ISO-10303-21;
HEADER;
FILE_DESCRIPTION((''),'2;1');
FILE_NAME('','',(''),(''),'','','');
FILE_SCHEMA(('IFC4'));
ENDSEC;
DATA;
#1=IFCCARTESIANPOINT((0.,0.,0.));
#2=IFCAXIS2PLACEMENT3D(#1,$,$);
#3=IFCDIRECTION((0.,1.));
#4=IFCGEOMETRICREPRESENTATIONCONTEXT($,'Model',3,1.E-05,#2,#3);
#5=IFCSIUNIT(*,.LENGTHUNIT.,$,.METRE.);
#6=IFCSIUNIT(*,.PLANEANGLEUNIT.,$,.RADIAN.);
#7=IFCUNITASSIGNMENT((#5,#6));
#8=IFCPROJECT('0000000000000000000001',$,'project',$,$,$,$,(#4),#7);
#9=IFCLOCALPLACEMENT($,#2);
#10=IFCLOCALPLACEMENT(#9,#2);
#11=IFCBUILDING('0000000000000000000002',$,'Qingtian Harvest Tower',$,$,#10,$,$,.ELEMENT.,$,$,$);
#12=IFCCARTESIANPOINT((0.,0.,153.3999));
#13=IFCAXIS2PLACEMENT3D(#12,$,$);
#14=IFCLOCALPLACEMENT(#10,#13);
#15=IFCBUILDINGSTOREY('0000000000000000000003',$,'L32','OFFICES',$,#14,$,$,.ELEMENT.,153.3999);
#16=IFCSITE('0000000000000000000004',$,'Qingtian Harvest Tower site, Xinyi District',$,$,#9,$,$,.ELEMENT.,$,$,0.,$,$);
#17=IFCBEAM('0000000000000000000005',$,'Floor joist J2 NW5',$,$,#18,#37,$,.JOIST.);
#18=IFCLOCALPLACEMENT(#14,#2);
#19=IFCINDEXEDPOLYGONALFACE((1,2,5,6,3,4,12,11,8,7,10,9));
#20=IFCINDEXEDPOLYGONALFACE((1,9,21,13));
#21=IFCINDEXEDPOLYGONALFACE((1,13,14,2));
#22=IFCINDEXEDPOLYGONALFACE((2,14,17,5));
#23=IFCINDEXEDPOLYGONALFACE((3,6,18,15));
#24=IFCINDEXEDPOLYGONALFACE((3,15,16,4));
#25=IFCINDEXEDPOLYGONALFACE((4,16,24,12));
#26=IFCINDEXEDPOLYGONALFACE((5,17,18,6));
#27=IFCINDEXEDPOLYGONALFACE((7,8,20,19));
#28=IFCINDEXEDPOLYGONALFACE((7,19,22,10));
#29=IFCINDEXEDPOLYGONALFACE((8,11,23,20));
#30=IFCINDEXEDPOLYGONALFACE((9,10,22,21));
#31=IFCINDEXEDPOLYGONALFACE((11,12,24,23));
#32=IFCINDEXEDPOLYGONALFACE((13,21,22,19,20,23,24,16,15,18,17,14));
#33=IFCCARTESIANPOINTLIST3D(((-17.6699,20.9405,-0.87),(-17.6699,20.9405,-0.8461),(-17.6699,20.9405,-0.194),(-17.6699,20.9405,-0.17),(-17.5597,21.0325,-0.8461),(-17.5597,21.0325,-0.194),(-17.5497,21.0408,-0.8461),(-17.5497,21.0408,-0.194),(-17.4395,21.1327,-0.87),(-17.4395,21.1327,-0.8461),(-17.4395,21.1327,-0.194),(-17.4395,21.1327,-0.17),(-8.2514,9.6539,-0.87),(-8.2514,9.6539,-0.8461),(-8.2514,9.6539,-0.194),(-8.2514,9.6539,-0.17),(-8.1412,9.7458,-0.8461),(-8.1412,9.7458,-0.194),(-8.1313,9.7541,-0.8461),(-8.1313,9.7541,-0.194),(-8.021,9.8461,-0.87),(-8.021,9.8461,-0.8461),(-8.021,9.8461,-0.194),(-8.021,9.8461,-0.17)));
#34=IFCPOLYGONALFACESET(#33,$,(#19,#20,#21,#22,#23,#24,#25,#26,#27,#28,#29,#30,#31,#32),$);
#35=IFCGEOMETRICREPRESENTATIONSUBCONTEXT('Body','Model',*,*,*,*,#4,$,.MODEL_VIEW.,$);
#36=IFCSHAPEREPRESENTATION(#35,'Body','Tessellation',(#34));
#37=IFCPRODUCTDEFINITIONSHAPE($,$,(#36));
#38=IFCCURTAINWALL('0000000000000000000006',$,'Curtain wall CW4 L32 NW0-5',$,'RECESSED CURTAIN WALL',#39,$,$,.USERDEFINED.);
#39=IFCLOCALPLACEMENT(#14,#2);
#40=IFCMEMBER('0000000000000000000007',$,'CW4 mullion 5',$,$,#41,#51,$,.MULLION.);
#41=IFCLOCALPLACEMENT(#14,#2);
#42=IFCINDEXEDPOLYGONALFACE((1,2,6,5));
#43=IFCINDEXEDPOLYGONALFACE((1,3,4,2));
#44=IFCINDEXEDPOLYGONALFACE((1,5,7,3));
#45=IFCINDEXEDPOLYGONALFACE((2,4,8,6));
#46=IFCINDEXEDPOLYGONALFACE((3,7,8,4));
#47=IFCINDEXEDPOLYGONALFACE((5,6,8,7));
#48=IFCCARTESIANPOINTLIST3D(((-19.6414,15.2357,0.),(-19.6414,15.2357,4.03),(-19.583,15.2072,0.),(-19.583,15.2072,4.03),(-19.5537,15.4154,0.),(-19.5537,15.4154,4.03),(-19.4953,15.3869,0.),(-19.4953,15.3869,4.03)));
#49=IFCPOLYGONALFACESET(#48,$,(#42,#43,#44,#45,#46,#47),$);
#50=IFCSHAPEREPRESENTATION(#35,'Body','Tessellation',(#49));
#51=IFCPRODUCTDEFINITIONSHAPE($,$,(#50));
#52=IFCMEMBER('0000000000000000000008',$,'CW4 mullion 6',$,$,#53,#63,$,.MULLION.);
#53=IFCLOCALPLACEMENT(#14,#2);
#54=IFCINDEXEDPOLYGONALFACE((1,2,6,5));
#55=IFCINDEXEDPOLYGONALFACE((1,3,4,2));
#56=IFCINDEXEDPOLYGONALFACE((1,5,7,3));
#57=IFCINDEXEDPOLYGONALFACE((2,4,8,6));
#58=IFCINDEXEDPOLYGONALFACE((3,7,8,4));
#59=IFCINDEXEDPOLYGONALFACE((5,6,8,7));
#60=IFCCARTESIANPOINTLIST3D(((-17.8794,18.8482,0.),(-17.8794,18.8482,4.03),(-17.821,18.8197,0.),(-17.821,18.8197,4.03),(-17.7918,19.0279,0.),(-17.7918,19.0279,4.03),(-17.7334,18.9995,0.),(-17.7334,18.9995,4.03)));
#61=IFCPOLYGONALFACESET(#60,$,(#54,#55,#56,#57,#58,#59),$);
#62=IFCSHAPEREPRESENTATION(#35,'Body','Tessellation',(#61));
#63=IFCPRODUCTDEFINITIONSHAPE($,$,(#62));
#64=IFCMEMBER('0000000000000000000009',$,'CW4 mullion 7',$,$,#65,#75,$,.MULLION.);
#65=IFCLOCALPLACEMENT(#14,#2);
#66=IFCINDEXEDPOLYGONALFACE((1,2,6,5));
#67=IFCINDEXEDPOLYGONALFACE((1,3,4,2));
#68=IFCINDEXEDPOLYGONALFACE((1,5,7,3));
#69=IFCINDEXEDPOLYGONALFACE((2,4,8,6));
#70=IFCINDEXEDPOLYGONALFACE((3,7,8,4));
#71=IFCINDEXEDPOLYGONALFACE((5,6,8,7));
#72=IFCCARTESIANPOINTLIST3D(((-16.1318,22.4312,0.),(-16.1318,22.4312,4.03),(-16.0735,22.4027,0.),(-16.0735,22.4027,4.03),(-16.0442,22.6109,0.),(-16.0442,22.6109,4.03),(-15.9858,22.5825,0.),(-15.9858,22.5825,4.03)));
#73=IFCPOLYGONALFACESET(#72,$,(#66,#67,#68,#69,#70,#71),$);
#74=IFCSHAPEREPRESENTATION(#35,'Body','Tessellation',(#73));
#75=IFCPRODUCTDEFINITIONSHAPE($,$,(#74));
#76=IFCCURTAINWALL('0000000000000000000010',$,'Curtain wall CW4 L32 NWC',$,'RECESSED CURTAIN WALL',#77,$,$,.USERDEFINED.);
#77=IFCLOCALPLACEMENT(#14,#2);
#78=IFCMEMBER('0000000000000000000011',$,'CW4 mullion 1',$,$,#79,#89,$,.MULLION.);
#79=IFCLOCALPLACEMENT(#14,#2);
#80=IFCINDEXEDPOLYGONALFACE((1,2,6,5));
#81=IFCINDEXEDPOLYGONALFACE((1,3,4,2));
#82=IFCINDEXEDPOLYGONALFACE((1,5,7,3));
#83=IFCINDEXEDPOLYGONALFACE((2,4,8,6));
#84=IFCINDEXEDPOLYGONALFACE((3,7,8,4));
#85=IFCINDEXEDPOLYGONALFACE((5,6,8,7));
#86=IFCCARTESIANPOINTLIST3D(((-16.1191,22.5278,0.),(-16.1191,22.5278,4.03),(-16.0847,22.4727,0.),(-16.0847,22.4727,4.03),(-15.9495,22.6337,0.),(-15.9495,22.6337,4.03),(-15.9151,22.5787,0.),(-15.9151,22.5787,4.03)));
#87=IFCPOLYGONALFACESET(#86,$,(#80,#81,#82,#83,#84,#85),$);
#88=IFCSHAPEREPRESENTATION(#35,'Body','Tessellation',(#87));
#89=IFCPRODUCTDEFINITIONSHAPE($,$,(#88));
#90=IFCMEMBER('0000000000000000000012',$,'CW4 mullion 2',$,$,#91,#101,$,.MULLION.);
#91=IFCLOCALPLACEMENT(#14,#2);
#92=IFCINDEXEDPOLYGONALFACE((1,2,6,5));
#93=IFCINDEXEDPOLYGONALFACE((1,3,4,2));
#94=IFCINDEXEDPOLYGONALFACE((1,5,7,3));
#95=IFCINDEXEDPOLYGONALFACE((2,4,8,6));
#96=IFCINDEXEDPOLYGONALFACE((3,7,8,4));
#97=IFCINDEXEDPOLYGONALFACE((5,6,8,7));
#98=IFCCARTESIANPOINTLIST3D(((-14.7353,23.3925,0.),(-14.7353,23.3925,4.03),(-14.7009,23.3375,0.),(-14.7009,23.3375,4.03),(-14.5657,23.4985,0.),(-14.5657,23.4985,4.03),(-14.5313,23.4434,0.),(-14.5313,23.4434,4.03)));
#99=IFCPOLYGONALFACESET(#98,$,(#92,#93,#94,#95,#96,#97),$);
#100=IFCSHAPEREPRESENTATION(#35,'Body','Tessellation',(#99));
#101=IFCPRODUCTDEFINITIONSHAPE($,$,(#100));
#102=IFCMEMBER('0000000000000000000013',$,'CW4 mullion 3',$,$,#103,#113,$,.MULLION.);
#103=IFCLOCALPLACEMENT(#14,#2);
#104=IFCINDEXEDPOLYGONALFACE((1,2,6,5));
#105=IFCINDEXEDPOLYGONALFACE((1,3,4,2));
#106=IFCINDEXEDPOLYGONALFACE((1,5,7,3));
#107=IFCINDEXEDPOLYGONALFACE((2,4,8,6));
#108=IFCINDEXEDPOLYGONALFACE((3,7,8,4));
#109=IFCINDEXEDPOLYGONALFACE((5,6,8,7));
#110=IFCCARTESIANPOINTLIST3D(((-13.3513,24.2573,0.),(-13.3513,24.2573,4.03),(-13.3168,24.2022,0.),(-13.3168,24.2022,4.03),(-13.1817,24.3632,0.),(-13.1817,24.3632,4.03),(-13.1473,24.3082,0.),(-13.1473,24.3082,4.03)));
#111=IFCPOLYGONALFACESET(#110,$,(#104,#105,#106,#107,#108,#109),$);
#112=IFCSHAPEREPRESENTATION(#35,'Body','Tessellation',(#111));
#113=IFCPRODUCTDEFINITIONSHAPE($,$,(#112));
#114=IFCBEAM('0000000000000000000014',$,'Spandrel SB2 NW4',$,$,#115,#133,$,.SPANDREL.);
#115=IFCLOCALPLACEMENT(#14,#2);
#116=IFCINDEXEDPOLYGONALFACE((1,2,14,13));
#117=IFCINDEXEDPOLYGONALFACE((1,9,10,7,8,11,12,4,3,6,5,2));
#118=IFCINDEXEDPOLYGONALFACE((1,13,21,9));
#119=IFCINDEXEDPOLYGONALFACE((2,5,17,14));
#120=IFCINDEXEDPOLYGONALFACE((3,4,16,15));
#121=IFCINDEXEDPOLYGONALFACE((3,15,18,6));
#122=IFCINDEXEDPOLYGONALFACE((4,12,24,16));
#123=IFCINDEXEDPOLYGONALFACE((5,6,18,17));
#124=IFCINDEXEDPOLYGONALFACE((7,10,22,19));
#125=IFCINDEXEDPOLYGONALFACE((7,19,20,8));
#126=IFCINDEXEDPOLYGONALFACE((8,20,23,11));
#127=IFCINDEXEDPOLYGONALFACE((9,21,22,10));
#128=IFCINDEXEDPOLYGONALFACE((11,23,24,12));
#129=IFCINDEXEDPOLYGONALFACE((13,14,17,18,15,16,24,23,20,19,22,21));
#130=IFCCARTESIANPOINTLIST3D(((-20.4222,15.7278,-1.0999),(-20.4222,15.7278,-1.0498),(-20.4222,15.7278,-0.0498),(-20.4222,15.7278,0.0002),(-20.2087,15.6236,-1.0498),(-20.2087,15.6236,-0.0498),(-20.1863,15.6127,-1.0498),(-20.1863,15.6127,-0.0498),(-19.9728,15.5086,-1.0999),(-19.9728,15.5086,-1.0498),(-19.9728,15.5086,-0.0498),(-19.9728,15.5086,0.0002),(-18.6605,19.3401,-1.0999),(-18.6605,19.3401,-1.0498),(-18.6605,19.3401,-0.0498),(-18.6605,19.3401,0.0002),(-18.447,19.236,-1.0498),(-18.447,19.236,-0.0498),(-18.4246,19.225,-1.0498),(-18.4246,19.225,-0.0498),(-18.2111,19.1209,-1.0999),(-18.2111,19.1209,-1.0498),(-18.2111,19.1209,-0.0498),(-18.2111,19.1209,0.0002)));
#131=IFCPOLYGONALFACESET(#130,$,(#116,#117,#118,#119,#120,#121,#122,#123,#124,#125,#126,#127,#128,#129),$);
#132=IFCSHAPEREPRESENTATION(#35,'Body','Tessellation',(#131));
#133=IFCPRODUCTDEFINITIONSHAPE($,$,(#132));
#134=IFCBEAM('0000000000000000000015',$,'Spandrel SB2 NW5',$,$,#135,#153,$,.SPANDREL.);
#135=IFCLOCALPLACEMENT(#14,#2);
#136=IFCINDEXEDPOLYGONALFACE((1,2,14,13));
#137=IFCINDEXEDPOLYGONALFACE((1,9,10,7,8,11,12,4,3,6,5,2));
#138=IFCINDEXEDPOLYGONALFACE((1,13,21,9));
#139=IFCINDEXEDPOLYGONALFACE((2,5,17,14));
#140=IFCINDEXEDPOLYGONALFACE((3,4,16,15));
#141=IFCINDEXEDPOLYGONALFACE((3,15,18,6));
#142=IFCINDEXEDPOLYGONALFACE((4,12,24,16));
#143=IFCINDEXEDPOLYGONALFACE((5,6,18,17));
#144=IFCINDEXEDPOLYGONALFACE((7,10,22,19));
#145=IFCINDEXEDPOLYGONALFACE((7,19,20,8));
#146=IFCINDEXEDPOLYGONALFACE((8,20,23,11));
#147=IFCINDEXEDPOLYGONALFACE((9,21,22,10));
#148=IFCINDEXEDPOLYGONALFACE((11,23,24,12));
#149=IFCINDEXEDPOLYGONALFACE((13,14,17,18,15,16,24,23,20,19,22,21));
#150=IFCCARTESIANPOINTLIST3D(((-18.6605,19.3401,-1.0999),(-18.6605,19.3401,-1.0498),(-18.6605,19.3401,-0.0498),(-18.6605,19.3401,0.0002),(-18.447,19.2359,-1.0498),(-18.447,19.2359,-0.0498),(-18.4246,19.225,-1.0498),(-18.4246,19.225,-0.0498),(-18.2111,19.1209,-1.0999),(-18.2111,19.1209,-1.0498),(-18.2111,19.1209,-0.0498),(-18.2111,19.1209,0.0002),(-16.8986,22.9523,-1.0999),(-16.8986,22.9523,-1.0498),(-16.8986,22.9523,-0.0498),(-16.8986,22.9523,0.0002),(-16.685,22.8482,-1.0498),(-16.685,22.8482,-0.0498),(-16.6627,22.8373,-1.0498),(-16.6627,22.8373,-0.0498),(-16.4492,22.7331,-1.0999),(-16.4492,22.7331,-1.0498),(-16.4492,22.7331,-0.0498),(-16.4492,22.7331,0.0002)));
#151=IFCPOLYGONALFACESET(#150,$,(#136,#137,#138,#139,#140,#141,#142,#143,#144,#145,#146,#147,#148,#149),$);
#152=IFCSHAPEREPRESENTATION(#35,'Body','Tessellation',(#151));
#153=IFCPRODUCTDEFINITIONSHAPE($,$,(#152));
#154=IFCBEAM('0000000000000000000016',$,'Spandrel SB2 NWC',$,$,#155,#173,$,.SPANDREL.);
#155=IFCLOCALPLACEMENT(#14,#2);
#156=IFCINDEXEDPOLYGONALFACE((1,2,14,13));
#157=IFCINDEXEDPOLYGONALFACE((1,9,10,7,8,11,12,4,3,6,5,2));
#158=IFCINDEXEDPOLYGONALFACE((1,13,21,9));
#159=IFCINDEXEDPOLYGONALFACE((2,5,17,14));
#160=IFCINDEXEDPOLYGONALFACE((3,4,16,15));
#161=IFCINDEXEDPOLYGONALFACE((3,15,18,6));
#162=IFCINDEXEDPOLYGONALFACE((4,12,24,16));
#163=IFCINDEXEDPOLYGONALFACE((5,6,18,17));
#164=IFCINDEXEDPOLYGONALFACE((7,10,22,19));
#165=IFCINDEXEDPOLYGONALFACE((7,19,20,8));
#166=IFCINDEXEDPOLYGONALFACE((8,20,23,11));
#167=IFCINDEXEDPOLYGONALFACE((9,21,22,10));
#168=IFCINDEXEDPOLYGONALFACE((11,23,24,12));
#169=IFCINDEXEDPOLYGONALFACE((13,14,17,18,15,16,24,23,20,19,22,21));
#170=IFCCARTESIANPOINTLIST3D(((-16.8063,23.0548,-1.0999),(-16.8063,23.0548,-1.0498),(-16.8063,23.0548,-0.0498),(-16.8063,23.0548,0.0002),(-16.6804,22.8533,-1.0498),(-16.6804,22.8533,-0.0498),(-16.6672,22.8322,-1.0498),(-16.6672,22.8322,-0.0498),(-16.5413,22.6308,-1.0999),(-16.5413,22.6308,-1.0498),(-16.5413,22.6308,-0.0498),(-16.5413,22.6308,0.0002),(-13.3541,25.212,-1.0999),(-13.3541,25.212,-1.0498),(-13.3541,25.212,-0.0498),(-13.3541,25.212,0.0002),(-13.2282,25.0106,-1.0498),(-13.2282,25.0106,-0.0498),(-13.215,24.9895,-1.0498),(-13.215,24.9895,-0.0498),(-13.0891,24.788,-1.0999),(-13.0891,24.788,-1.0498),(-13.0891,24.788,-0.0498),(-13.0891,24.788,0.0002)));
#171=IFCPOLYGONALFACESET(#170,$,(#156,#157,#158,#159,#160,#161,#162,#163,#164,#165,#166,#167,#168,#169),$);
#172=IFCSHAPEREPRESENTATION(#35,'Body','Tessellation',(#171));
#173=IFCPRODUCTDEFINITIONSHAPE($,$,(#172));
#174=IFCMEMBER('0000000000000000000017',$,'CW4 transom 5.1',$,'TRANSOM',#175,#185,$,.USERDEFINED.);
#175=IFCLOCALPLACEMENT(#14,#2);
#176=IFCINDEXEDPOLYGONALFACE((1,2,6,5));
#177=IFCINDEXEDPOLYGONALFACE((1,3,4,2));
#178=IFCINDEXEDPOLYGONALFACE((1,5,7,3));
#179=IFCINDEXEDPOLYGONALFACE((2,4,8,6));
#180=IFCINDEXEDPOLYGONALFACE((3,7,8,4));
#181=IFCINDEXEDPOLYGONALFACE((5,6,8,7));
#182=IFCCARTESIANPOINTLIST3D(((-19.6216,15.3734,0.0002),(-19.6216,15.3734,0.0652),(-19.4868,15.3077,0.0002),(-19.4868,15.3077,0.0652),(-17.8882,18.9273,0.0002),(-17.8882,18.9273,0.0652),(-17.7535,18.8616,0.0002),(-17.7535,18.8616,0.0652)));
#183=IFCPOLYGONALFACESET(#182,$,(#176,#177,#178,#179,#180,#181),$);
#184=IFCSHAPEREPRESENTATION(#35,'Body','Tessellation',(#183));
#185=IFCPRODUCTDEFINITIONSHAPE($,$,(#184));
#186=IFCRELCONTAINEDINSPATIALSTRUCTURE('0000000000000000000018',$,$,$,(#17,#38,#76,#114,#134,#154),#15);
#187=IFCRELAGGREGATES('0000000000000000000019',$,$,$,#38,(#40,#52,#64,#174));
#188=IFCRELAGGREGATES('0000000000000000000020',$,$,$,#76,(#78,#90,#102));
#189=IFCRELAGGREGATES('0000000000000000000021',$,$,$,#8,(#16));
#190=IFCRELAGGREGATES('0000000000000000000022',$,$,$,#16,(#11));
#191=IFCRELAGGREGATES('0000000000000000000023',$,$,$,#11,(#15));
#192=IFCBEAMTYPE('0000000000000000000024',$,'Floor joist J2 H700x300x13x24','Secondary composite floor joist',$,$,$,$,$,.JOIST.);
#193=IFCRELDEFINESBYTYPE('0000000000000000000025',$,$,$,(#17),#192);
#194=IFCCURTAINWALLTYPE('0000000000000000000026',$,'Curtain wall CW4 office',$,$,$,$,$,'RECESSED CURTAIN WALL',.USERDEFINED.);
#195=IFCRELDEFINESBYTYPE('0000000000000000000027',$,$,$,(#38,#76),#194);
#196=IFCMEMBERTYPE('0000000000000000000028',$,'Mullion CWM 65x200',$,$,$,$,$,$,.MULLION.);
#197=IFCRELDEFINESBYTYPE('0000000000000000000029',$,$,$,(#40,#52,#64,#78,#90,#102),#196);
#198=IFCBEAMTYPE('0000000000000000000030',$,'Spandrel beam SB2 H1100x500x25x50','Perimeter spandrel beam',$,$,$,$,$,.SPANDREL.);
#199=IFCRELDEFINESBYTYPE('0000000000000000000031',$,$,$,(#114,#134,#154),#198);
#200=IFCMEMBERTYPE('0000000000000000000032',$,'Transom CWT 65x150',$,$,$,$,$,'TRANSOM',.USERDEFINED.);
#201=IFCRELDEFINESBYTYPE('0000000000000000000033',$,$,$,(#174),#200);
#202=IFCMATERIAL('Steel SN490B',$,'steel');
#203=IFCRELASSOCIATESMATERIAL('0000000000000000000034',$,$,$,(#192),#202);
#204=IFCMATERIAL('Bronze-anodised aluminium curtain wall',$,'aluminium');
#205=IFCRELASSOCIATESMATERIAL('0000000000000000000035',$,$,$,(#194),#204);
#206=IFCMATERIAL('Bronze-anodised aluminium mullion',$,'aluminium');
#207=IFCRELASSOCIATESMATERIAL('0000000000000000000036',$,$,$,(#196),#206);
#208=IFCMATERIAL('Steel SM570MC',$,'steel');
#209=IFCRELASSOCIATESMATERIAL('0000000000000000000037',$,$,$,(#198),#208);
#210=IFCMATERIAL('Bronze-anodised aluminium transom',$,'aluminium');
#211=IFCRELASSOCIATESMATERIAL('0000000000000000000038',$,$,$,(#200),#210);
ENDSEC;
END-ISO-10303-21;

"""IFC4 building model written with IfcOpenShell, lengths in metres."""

from ifc_helpers import new_model, si_unit, direction, frame, origin, origin_2d, place, context, subcontext, project, spatial, rectangle, i_section, extrude, material, material_profile, profile_set, type_object, element, aggregate, save


model = new_model("IFC4")

# Units and contexts
model_context = context("Model", 3, precision=1e-05, world=origin(), true_north=direction((0.0, 1.0)))
body_context = subcontext(model_context, "Body", "Model", "MODEL_VIEW")
ifc_project = project(units=[si_unit("LENGTHUNIT", "METRE"), si_unit("PLANEANGLEUNIT", "RADIAN")], contexts=[model_context])

# Site, building, storey
site_placement = place(None, origin())
site = spatial("IfcSite", under=ifc_project, at=site_placement, Name="Qingtian Harvest Tower site, Xinyi District", CompositionType="ELEMENT", RefElevation=0.0)
building_placement = place(site_placement, origin())
building = spatial("IfcBuilding", under=site, at=building_placement, Name="Qingtian Harvest Tower", CompositionType="ELEMENT")
storey_placement = place(building_placement, frame((0.0, 0.0, 153.3999)))
storey = spatial("IfcBuildingStorey", under=building, at=storey_placement, Name="L32", Description="OFFICES", CompositionType="ELEMENT", Elevation=153.3999)

# Beam
ifc_material_1 = material(Name="Steel SN490B", Category="steel")
ifc_material_profile_1 = material_profile(ifc_material_1, i_section(OverallWidth=0.3, OverallDepth=0.7, WebThickness=0.0129, FlangeThickness=0.0239, at=origin_2d()), Name="H700x300x13x24")
ifc_profile_set_1 = profile_set([ifc_material_profile_1], Name="Steel SN490B")
beam_type_1 = type_object("IfcBeamType", Name="Floor joist J2 H700x300x13x24", Description="Secondary composite floor joist", PredefinedType="JOIST", material=ifc_profile_set_1)
beam_1_placement = place(storey_placement, frame((-17.5547, 21.0366, -0.52), z_axis=(0.640704, -0.767788, 0.0), x_axis=(0.767788, 0.640704, 0.0)))
element("IfcBeam", 1, at=beam_1_placement, inside=storey, type_object=beam_type_1, Name="Floor joist J2 NW5", PredefinedType="JOIST", context=body_context, shape_type="SweptSolid", body=[
    extrude(i_section(OverallWidth=0.3, OverallDepth=0.7, WebThickness=0.0129, FlangeThickness=0.0239, at=origin_2d()), origin(), (0.0, 0.0, 1.0), 14.7002),
])

# Curtain walls, members
ifc_material_2 = material(Name="Bronze-anodised aluminium curtain wall", Category="aluminium")
curtain_wall_type = type_object("IfcCurtainWallType", Name="Curtain wall CW4 office", ElementType="RECESSED CURTAIN WALL", PredefinedType="USERDEFINED", material=ifc_material_2)
curtain_wall_1_placement = place(storey_placement, origin())
curtain_wall_1 = element("IfcCurtainWall", 2, at=curtain_wall_1_placement, inside=storey, type_object=curtain_wall_type, Name="Curtain wall CW4 L32 NW0-5", ObjectType="RECESSED CURTAIN WALL", PredefinedType="USERDEFINED")
ifc_material_3 = material(Name="Bronze-anodised aluminium mullion", Category="aluminium")
ifc_material_profile_2 = material_profile(ifc_material_3, rectangle(XDim=0.0649, YDim=0.2, at=origin_2d()), Name="AL 65x200")
ifc_profile_set_2 = profile_set([ifc_material_profile_2], Name="Bronze-anodised aluminium mullion")
member_type_1 = type_object("IfcMemberType", Name="Mullion CWM 65x200", PredefinedType="MULLION", material=ifc_profile_set_2)
member_1_placement = place(storey_placement, frame((-19.5684, 15.3113, 0.0), z_axis=(0.0, 0.0, 1.0), x_axis=(-0.898794, 0.438371, 0.0)))
member_1 = element("IfcMember", 3, at=member_1_placement, type_object=member_type_1, Name="CW4 mullion 5", PredefinedType="MULLION", context=body_context, shape_type="SweptSolid", body=[
    extrude(rectangle(XDim=0.0649, YDim=0.2, at=origin_2d()), origin(), (0.0, 0.0, 1.0), 4.03),
])
member_2_placement = place(storey_placement, frame((-17.8064, 18.9238, 0.0), z_axis=(0.0, 0.0, 1.0), x_axis=(-0.898794, 0.438371, 0.0)))
member_2 = element("IfcMember", 4, at=member_2_placement, type_object=member_type_1, Name="CW4 mullion 6", PredefinedType="MULLION", context=body_context, shape_type="SweptSolid", body=[
    extrude(rectangle(XDim=0.0649, YDim=0.2, at=origin_2d()), origin(), (0.0, 0.0, 1.0), 4.03),
])
member_3_placement = place(storey_placement, frame((-16.0588, 22.5068, 0.0), z_axis=(0.0, 0.0, 1.0), x_axis=(-0.898794, 0.438371, 0.0)))
member_3 = element("IfcMember", 5, at=member_3_placement, type_object=member_type_1, Name="CW4 mullion 7", PredefinedType="MULLION", context=body_context, shape_type="SweptSolid", body=[
    extrude(rectangle(XDim=0.0649, YDim=0.2, at=origin_2d()), origin(), (0.0, 0.0, 1.0), 4.03),
])
curtain_wall_2_placement = place(storey_placement, origin())
curtain_wall_2 = element("IfcCurtainWall", 6, at=curtain_wall_2_placement, inside=storey, type_object=curtain_wall_type, Name="Curtain wall CW4 L32 NWC", ObjectType="RECESSED CURTAIN WALL", PredefinedType="USERDEFINED")
member_4_placement = place(storey_placement, frame((-16.0171, 22.5532, 0.0), z_axis=(0.0, 0.0, 1.0), x_axis=(-0.529919, 0.848048, 0.0)))
member_4 = element("IfcMember", 7, at=member_4_placement, type_object=member_type_1, Name="CW4 mullion 1", PredefinedType="MULLION", context=body_context, shape_type="SweptSolid", body=[
    extrude(rectangle(XDim=0.0649, YDim=0.2, at=origin_2d()), origin(), (0.0, 0.0, 1.0), 4.03),
])
member_5_placement = place(storey_placement, frame((-14.6333, 23.418, 0.0), z_axis=(0.0, 0.0, 1.0), x_axis=(-0.529919, 0.848048, 0.0)))
member_5 = element("IfcMember", 8, at=member_5_placement, type_object=member_type_1, Name="CW4 mullion 2", PredefinedType="MULLION", context=body_context, shape_type="SweptSolid", body=[
    extrude(rectangle(XDim=0.0649, YDim=0.2, at=origin_2d()), origin(), (0.0, 0.0, 1.0), 4.03),
])
member_6_placement = place(storey_placement, frame((-13.2493, 24.2827, 0.0), z_axis=(0.0, 0.0, 1.0), x_axis=(-0.529919, 0.848048, 0.0)))
member_6 = element("IfcMember", 9, at=member_6_placement, type_object=member_type_1, Name="CW4 mullion 3", PredefinedType="MULLION", context=body_context, shape_type="SweptSolid", body=[
    extrude(rectangle(XDim=0.0649, YDim=0.2, at=origin_2d()), origin(), (0.0, 0.0, 1.0), 4.03),
])

# Beams
ifc_material_4 = material(Name="Steel SM570MC", Category="steel")
ifc_material_profile_3 = material_profile(ifc_material_4, i_section(OverallWidth=0.5, OverallDepth=1.1001, WebThickness=0.0249, FlangeThickness=0.05, at=origin_2d()), Name="H1100x500x25x50")
ifc_profile_set_3 = profile_set([ifc_material_profile_3], Name="Steel SM570MC")
beam_type_2 = type_object("IfcBeamType", Name="Spandrel beam SB2 H1100x500x25x50", Description="Perimeter spandrel beam", PredefinedType="SPANDREL", material=ifc_profile_set_3)
for number, where, z_axis, x_axis, name in (
    (10, (-20.1975, 15.6182, -0.5498), (0.438347, 0.898806, 0.0), (-0.898806, 0.438347, 0.0), "Spandrel SB2 NW4"),
    (11, (-18.4358, 19.2305, -0.5498), (0.438396, 0.898782, 0.0), (-0.898782, 0.438396, 0.0), "Spandrel SB2 NW5"),
):
    element("IfcBeam", number, at=place(storey_placement, frame(where, z_axis=z_axis, x_axis=x_axis)), inside=storey, type_object=beam_type_2, Name=name, PredefinedType="SPANDREL", context=body_context, shape_type="SweptSolid", body=[
        extrude(i_section(OverallWidth=0.5, OverallDepth=1.1001, WebThickness=0.0249, FlangeThickness=0.05, at=origin_2d()), origin(), (0.0, 0.0, 1.0), 4.019),
    ])
beam_2_placement = place(storey_placement, frame((-16.6738, 22.8428, -0.5498), z_axis=(0.848039, 0.529934, 0.0), x_axis=(-0.529934, 0.848039, 0.0)))
element("IfcBeam", 12, at=beam_2_placement, inside=storey, type_object=beam_type_2, Name="Spandrel SB2 NWC", PredefinedType="SPANDREL", context=body_context, shape_type="SweptSolid", body=[
    extrude(i_section(OverallWidth=0.5, OverallDepth=1.1001, WebThickness=0.0249, FlangeThickness=0.05, at=origin_2d()), origin(), (0.0, 0.0, 1.0), 4.0708),
])

# Member
ifc_material_5 = material(Name="Bronze-anodised aluminium transom", Category="aluminium")
ifc_material_profile_4 = material_profile(ifc_material_5, rectangle(XDim=0.1499, YDim=0.0649, at=origin_2d()), Name="AL 65x150")
ifc_profile_set_4 = profile_set([ifc_material_profile_4], Name="Bronze-anodised aluminium transom")
member_type_2 = type_object("IfcMemberType", Name="Transom CWT 65x150", ElementType="TRANSOM", PredefinedType="USERDEFINED", material=ifc_profile_set_4)
member_7_placement = place(storey_placement, frame((-19.5542, 15.3406, 0.0327), z_axis=(0.438375, 0.898792, 0.0), x_axis=(-0.898792, 0.438375, 0.0)))
member_7 = element("IfcMember", 13, at=member_7_placement, type_object=member_type_2, Name="CW4 transom 5.1", ObjectType="TRANSOM", PredefinedType="USERDEFINED", context=body_context, shape_type="SweptSolid", body=[
    extrude(rectangle(XDim=0.1499, YDim=0.0649, at=origin_2d()), origin(), (0.0, 0.0, 1.0), 3.9541),
])

aggregate(curtain_wall_1, [member_1, member_2, member_3, member_7])
aggregate(curtain_wall_2, [member_4, member_5, member_6])

save(model, "model.ifc")
